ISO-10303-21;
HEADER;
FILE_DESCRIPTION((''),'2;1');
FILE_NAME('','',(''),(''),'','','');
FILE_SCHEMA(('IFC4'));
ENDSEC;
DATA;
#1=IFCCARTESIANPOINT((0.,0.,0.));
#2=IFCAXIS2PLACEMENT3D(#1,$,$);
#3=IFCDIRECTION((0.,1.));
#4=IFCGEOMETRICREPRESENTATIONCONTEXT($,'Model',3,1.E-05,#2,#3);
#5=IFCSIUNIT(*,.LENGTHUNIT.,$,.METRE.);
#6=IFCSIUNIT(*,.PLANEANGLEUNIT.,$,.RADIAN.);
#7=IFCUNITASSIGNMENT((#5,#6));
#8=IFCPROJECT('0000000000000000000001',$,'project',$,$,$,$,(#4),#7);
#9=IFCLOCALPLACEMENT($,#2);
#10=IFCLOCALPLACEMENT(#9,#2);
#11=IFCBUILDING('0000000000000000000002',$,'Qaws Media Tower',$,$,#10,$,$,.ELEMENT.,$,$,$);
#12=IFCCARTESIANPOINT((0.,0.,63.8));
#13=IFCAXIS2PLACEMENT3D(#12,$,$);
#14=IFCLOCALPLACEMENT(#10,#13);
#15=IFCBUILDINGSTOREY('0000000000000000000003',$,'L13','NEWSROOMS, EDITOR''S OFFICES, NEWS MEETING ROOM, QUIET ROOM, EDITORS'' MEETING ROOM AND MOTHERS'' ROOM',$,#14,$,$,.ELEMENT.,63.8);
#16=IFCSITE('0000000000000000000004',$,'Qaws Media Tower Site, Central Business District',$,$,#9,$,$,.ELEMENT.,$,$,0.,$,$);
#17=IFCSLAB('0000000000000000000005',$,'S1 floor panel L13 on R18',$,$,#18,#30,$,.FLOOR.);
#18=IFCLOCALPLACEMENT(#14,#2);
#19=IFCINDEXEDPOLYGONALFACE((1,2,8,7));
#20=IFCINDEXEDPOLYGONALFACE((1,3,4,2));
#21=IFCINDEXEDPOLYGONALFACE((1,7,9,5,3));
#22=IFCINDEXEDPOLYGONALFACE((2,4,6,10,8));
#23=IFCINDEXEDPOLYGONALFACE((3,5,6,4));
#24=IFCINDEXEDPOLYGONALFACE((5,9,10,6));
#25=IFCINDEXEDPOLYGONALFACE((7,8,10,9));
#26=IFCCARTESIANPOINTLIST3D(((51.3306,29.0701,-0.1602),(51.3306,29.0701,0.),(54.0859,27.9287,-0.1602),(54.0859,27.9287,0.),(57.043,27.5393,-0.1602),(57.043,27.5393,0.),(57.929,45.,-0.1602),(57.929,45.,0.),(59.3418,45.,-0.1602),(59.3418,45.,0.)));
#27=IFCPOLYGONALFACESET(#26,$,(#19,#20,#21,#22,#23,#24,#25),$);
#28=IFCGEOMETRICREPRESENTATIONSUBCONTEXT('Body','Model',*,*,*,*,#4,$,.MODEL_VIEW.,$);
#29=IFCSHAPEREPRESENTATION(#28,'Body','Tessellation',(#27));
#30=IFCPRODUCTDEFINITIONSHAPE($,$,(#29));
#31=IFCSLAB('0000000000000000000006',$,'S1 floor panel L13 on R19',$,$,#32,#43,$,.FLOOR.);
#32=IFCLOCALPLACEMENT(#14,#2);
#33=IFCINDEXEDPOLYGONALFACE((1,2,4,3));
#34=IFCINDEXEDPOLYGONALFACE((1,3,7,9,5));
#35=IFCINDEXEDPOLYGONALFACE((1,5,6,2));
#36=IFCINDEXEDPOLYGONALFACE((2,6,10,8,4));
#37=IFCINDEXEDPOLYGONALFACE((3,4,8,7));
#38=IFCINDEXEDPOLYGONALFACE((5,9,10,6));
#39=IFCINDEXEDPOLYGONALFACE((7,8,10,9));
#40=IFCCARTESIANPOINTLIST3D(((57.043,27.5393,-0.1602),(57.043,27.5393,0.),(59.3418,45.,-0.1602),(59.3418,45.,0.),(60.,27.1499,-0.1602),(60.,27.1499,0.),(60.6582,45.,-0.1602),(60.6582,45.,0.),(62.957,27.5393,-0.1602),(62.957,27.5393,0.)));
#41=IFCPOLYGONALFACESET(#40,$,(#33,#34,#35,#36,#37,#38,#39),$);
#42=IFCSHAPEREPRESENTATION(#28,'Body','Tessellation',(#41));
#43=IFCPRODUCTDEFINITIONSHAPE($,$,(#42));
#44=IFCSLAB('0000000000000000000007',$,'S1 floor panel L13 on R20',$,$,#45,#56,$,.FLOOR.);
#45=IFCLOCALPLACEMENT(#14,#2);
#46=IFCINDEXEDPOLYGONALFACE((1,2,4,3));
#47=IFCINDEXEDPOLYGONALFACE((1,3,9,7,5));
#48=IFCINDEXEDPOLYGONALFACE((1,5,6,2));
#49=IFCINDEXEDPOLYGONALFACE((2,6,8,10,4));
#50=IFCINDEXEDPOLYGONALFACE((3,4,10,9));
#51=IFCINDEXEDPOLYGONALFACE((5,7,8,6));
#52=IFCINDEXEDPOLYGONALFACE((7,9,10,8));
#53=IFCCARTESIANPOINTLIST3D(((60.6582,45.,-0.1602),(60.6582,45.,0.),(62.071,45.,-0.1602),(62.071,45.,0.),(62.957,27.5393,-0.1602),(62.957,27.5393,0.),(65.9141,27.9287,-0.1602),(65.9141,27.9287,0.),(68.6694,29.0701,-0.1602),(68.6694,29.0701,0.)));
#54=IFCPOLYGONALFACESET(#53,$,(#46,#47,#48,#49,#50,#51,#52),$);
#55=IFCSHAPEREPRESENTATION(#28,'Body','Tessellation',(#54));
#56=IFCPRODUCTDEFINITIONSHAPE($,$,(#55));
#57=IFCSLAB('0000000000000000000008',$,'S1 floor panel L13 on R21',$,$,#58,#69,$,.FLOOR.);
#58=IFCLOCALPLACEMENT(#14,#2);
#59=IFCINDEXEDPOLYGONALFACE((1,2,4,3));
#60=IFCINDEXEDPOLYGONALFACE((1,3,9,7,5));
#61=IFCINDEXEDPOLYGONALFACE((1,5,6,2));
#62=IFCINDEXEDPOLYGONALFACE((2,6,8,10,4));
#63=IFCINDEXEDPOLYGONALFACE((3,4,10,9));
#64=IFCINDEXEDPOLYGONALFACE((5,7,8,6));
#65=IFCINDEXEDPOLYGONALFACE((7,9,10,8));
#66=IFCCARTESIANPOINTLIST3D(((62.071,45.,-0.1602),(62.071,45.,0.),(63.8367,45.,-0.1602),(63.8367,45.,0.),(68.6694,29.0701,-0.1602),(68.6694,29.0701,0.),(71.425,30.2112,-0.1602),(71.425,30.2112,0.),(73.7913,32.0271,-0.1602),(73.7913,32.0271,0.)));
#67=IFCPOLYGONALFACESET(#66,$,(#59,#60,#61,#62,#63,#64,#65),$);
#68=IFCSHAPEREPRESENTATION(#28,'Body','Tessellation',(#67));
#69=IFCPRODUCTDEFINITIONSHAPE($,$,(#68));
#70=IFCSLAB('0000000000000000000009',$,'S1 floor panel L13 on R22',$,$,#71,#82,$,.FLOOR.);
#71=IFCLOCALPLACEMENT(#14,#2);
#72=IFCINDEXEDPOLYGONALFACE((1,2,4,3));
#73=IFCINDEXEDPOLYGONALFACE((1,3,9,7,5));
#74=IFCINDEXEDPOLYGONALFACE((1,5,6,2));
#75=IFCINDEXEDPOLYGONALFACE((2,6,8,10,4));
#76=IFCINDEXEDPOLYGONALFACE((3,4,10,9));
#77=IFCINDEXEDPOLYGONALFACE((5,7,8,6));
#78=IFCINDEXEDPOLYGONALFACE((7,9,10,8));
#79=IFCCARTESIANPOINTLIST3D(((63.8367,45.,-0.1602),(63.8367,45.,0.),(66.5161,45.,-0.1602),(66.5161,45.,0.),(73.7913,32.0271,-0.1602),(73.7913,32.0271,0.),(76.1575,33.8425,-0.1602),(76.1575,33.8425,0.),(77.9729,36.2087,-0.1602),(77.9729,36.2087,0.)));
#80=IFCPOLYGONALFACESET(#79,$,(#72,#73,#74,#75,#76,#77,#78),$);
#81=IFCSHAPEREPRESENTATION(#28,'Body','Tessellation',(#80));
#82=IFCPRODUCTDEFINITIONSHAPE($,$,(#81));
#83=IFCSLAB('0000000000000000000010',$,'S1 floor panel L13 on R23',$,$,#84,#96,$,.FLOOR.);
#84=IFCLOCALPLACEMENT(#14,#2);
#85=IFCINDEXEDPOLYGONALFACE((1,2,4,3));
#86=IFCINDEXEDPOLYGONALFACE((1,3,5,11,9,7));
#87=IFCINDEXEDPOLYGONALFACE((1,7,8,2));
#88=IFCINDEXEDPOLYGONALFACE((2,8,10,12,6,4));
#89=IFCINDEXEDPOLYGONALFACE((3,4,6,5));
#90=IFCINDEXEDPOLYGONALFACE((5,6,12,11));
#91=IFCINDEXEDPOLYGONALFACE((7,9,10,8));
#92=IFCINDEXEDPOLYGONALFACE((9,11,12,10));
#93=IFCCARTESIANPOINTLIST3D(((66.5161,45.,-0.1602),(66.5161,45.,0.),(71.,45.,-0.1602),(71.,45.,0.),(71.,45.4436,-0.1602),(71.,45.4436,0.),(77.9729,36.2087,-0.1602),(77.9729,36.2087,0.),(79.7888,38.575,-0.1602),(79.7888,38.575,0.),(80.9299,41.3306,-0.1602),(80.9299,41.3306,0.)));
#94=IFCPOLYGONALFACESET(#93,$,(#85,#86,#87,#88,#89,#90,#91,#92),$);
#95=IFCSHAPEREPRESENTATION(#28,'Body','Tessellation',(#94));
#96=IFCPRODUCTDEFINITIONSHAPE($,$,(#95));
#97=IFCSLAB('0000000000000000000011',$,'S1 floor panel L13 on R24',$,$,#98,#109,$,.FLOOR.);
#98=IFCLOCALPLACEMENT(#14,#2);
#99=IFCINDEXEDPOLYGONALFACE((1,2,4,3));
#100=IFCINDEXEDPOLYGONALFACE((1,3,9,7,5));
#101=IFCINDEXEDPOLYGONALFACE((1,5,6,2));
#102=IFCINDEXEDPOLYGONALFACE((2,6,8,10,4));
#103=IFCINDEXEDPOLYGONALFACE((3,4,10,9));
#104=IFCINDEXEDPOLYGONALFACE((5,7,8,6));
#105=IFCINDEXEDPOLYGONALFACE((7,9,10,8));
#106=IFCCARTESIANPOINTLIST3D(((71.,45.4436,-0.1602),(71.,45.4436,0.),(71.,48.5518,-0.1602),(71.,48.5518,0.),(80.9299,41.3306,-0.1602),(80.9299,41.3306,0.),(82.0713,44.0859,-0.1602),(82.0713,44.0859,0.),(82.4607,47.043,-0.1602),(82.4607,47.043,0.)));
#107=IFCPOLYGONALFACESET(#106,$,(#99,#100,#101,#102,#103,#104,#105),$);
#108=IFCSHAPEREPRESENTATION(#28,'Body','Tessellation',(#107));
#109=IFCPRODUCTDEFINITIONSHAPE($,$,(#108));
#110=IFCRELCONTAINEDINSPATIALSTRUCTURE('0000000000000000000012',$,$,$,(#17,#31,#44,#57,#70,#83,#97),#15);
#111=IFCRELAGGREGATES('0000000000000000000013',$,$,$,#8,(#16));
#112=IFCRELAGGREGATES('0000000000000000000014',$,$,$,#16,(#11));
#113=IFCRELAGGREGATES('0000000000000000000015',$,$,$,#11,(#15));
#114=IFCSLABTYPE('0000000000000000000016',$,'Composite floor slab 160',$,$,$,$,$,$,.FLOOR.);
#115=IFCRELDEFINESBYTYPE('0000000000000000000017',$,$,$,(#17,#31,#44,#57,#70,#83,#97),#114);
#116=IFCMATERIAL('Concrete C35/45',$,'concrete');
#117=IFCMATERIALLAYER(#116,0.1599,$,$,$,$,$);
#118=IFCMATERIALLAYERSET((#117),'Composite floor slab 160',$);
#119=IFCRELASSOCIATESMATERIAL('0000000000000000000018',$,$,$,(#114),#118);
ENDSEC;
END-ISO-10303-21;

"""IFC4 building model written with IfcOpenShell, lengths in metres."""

from ifc_helpers import new_model, si_unit, direction, frame, origin, place, context, subcontext, project, spatial, polyline, outline, extrude, material, layer, layer_set, type_object, element, save


model = new_model("IFC4")

# Units and contexts
model_context = context("Model", 3, precision=1e-05, world=origin(), true_north=direction((0.0, 1.0)))
body_context = subcontext(model_context, "Body", "Model", "MODEL_VIEW")
ifc_project = project(units=[si_unit("LENGTHUNIT", "METRE"), si_unit("PLANEANGLEUNIT", "RADIAN")], contexts=[model_context])

# Site, building, storey
site_placement = place(None, origin())
site = spatial("IfcSite", under=ifc_project, at=site_placement, Name="Qaws Media Tower Site, Central Business District", CompositionType="ELEMENT", RefElevation=0.0)
building_placement = place(site_placement, origin())
building = spatial("IfcBuilding", under=site, at=building_placement, Name="Qaws Media Tower", CompositionType="ELEMENT")
storey_placement = place(building_placement, frame((0.0, 0.0, 63.8)))
storey = spatial("IfcBuildingStorey", under=building, at=storey_placement, Name="L13", Description="NEWSROOMS, EDITOR'S OFFICES, NEWS MEETING ROOM, QUIET ROOM, EDITORS' MEETING ROOM AND MOTHERS' ROOM", CompositionType="ELEMENT", Elevation=63.8)

# Slabs
ifc_material_1 = material(Name="Concrete C35/45", Category="concrete")
ifc_layer_1 = layer(ifc_material_1, 0.1599)
ifc_layer_set_1 = layer_set([ifc_layer_1], Name="Composite floor slab 160")
slab_type_1 = type_object("IfcSlabType", Name="Composite floor slab 160", PredefinedType="FLOOR", material=ifc_layer_set_1)
slab_1_placement = place(storey_placement, frame((0.0, 0.0, -0.1602)))
element("IfcSlab", 1, at=slab_1_placement, inside=storey, type_object=slab_type_1, Name="S1 floor panel L13 on R18", PredefinedType="FLOOR", context=body_context, shape_type="SweptSolid", body=[
    extrude(outline(polyline([(54.0859, 27.9287), (51.3306, 29.0701), (57.929, 45.0), (59.3418, 45.0), (57.043, 27.5393), (54.0859, 27.9287)])), origin(), (0.0, 0.0, 1.0), 0.1602),
])
slab_2_placement = place(storey_placement, frame((0.0, 0.0, -0.1602)))
element("IfcSlab", 2, at=slab_2_placement, inside=storey, type_object=slab_type_1, Name="S1 floor panel L13 on R19", PredefinedType="FLOOR", context=body_context, shape_type="SweptSolid", body=[
    extrude(outline(polyline([(60.0, 27.1499), (57.043, 27.5393), (59.3418, 45.0), (60.6582, 45.0), (62.957, 27.5393), (60.0, 27.1499)])), origin(), (0.0, 0.0, 1.0), 0.1602),
])
slab_3_placement = place(storey_placement, frame((0.0, 0.0, -0.1602)))
element("IfcSlab", 3, at=slab_3_placement, inside=storey, type_object=slab_type_1, Name="S1 floor panel L13 on R20", PredefinedType="FLOOR", context=body_context, shape_type="SweptSolid", body=[
    extrude(outline(polyline([(65.9141, 27.9287), (62.957, 27.5393), (60.6582, 45.0), (62.071, 45.0), (68.6694, 29.0701), (65.9141, 27.9287)])), origin(), (0.0, 0.0, 1.0), 0.1602),
])
slab_4_placement = place(storey_placement, frame((0.0, 0.0, -0.1602)))
element("IfcSlab", 4, at=slab_4_placement, inside=storey, type_object=slab_type_1, Name="S1 floor panel L13 on R21", PredefinedType="FLOOR", context=body_context, shape_type="SweptSolid", body=[
    extrude(outline(polyline([(71.425, 30.2112), (68.6694, 29.0701), (62.071, 45.0), (63.8367, 45.0), (73.7913, 32.0271), (71.425, 30.2112)])), origin(), (0.0, 0.0, 1.0), 0.1602),
])
slab_5_placement = place(storey_placement, frame((0.0, 0.0, -0.1602)))
element("IfcSlab", 5, at=slab_5_placement, inside=storey, type_object=slab_type_1, Name="S1 floor panel L13 on R22", PredefinedType="FLOOR", context=body_context, shape_type="SweptSolid", body=[
    extrude(outline(polyline([(76.1575, 33.8425), (73.7913, 32.0271), (63.8367, 45.0), (66.5161, 45.0), (77.9729, 36.2087), (76.1575, 33.8425)])), origin(), (0.0, 0.0, 1.0), 0.1602),
])
slab_6_placement = place(storey_placement, frame((0.0, 0.0, -0.1602)))
element("IfcSlab", 6, at=slab_6_placement, inside=storey, type_object=slab_type_1, Name="S1 floor panel L13 on R23", PredefinedType="FLOOR", context=body_context, shape_type="SweptSolid", body=[
    extrude(outline(polyline([(79.7888, 38.575), (77.9729, 36.2087), (66.5161, 45.0), (71.0, 45.0), (71.0, 45.4436), (80.9299, 41.3306), (79.7888, 38.575)])), origin(), (0.0, 0.0, 1.0), 0.1602),
])
slab_7_placement = place(storey_placement, frame((0.0, 0.0, -0.1602)))
element("IfcSlab", 7, at=slab_7_placement, inside=storey, type_object=slab_type_1, Name="S1 floor panel L13 on R24", PredefinedType="FLOOR", context=body_context, shape_type="SweptSolid", body=[
    extrude(outline(polyline([(80.9299, 41.3306), (71.0, 45.4436), (71.0, 48.5518), (82.4607, 47.043), (82.0713, 44.0859), (80.9299, 41.3306)])), origin(), (0.0, 0.0, 1.0), 0.1602),
])

save(model, "model.ifc")
